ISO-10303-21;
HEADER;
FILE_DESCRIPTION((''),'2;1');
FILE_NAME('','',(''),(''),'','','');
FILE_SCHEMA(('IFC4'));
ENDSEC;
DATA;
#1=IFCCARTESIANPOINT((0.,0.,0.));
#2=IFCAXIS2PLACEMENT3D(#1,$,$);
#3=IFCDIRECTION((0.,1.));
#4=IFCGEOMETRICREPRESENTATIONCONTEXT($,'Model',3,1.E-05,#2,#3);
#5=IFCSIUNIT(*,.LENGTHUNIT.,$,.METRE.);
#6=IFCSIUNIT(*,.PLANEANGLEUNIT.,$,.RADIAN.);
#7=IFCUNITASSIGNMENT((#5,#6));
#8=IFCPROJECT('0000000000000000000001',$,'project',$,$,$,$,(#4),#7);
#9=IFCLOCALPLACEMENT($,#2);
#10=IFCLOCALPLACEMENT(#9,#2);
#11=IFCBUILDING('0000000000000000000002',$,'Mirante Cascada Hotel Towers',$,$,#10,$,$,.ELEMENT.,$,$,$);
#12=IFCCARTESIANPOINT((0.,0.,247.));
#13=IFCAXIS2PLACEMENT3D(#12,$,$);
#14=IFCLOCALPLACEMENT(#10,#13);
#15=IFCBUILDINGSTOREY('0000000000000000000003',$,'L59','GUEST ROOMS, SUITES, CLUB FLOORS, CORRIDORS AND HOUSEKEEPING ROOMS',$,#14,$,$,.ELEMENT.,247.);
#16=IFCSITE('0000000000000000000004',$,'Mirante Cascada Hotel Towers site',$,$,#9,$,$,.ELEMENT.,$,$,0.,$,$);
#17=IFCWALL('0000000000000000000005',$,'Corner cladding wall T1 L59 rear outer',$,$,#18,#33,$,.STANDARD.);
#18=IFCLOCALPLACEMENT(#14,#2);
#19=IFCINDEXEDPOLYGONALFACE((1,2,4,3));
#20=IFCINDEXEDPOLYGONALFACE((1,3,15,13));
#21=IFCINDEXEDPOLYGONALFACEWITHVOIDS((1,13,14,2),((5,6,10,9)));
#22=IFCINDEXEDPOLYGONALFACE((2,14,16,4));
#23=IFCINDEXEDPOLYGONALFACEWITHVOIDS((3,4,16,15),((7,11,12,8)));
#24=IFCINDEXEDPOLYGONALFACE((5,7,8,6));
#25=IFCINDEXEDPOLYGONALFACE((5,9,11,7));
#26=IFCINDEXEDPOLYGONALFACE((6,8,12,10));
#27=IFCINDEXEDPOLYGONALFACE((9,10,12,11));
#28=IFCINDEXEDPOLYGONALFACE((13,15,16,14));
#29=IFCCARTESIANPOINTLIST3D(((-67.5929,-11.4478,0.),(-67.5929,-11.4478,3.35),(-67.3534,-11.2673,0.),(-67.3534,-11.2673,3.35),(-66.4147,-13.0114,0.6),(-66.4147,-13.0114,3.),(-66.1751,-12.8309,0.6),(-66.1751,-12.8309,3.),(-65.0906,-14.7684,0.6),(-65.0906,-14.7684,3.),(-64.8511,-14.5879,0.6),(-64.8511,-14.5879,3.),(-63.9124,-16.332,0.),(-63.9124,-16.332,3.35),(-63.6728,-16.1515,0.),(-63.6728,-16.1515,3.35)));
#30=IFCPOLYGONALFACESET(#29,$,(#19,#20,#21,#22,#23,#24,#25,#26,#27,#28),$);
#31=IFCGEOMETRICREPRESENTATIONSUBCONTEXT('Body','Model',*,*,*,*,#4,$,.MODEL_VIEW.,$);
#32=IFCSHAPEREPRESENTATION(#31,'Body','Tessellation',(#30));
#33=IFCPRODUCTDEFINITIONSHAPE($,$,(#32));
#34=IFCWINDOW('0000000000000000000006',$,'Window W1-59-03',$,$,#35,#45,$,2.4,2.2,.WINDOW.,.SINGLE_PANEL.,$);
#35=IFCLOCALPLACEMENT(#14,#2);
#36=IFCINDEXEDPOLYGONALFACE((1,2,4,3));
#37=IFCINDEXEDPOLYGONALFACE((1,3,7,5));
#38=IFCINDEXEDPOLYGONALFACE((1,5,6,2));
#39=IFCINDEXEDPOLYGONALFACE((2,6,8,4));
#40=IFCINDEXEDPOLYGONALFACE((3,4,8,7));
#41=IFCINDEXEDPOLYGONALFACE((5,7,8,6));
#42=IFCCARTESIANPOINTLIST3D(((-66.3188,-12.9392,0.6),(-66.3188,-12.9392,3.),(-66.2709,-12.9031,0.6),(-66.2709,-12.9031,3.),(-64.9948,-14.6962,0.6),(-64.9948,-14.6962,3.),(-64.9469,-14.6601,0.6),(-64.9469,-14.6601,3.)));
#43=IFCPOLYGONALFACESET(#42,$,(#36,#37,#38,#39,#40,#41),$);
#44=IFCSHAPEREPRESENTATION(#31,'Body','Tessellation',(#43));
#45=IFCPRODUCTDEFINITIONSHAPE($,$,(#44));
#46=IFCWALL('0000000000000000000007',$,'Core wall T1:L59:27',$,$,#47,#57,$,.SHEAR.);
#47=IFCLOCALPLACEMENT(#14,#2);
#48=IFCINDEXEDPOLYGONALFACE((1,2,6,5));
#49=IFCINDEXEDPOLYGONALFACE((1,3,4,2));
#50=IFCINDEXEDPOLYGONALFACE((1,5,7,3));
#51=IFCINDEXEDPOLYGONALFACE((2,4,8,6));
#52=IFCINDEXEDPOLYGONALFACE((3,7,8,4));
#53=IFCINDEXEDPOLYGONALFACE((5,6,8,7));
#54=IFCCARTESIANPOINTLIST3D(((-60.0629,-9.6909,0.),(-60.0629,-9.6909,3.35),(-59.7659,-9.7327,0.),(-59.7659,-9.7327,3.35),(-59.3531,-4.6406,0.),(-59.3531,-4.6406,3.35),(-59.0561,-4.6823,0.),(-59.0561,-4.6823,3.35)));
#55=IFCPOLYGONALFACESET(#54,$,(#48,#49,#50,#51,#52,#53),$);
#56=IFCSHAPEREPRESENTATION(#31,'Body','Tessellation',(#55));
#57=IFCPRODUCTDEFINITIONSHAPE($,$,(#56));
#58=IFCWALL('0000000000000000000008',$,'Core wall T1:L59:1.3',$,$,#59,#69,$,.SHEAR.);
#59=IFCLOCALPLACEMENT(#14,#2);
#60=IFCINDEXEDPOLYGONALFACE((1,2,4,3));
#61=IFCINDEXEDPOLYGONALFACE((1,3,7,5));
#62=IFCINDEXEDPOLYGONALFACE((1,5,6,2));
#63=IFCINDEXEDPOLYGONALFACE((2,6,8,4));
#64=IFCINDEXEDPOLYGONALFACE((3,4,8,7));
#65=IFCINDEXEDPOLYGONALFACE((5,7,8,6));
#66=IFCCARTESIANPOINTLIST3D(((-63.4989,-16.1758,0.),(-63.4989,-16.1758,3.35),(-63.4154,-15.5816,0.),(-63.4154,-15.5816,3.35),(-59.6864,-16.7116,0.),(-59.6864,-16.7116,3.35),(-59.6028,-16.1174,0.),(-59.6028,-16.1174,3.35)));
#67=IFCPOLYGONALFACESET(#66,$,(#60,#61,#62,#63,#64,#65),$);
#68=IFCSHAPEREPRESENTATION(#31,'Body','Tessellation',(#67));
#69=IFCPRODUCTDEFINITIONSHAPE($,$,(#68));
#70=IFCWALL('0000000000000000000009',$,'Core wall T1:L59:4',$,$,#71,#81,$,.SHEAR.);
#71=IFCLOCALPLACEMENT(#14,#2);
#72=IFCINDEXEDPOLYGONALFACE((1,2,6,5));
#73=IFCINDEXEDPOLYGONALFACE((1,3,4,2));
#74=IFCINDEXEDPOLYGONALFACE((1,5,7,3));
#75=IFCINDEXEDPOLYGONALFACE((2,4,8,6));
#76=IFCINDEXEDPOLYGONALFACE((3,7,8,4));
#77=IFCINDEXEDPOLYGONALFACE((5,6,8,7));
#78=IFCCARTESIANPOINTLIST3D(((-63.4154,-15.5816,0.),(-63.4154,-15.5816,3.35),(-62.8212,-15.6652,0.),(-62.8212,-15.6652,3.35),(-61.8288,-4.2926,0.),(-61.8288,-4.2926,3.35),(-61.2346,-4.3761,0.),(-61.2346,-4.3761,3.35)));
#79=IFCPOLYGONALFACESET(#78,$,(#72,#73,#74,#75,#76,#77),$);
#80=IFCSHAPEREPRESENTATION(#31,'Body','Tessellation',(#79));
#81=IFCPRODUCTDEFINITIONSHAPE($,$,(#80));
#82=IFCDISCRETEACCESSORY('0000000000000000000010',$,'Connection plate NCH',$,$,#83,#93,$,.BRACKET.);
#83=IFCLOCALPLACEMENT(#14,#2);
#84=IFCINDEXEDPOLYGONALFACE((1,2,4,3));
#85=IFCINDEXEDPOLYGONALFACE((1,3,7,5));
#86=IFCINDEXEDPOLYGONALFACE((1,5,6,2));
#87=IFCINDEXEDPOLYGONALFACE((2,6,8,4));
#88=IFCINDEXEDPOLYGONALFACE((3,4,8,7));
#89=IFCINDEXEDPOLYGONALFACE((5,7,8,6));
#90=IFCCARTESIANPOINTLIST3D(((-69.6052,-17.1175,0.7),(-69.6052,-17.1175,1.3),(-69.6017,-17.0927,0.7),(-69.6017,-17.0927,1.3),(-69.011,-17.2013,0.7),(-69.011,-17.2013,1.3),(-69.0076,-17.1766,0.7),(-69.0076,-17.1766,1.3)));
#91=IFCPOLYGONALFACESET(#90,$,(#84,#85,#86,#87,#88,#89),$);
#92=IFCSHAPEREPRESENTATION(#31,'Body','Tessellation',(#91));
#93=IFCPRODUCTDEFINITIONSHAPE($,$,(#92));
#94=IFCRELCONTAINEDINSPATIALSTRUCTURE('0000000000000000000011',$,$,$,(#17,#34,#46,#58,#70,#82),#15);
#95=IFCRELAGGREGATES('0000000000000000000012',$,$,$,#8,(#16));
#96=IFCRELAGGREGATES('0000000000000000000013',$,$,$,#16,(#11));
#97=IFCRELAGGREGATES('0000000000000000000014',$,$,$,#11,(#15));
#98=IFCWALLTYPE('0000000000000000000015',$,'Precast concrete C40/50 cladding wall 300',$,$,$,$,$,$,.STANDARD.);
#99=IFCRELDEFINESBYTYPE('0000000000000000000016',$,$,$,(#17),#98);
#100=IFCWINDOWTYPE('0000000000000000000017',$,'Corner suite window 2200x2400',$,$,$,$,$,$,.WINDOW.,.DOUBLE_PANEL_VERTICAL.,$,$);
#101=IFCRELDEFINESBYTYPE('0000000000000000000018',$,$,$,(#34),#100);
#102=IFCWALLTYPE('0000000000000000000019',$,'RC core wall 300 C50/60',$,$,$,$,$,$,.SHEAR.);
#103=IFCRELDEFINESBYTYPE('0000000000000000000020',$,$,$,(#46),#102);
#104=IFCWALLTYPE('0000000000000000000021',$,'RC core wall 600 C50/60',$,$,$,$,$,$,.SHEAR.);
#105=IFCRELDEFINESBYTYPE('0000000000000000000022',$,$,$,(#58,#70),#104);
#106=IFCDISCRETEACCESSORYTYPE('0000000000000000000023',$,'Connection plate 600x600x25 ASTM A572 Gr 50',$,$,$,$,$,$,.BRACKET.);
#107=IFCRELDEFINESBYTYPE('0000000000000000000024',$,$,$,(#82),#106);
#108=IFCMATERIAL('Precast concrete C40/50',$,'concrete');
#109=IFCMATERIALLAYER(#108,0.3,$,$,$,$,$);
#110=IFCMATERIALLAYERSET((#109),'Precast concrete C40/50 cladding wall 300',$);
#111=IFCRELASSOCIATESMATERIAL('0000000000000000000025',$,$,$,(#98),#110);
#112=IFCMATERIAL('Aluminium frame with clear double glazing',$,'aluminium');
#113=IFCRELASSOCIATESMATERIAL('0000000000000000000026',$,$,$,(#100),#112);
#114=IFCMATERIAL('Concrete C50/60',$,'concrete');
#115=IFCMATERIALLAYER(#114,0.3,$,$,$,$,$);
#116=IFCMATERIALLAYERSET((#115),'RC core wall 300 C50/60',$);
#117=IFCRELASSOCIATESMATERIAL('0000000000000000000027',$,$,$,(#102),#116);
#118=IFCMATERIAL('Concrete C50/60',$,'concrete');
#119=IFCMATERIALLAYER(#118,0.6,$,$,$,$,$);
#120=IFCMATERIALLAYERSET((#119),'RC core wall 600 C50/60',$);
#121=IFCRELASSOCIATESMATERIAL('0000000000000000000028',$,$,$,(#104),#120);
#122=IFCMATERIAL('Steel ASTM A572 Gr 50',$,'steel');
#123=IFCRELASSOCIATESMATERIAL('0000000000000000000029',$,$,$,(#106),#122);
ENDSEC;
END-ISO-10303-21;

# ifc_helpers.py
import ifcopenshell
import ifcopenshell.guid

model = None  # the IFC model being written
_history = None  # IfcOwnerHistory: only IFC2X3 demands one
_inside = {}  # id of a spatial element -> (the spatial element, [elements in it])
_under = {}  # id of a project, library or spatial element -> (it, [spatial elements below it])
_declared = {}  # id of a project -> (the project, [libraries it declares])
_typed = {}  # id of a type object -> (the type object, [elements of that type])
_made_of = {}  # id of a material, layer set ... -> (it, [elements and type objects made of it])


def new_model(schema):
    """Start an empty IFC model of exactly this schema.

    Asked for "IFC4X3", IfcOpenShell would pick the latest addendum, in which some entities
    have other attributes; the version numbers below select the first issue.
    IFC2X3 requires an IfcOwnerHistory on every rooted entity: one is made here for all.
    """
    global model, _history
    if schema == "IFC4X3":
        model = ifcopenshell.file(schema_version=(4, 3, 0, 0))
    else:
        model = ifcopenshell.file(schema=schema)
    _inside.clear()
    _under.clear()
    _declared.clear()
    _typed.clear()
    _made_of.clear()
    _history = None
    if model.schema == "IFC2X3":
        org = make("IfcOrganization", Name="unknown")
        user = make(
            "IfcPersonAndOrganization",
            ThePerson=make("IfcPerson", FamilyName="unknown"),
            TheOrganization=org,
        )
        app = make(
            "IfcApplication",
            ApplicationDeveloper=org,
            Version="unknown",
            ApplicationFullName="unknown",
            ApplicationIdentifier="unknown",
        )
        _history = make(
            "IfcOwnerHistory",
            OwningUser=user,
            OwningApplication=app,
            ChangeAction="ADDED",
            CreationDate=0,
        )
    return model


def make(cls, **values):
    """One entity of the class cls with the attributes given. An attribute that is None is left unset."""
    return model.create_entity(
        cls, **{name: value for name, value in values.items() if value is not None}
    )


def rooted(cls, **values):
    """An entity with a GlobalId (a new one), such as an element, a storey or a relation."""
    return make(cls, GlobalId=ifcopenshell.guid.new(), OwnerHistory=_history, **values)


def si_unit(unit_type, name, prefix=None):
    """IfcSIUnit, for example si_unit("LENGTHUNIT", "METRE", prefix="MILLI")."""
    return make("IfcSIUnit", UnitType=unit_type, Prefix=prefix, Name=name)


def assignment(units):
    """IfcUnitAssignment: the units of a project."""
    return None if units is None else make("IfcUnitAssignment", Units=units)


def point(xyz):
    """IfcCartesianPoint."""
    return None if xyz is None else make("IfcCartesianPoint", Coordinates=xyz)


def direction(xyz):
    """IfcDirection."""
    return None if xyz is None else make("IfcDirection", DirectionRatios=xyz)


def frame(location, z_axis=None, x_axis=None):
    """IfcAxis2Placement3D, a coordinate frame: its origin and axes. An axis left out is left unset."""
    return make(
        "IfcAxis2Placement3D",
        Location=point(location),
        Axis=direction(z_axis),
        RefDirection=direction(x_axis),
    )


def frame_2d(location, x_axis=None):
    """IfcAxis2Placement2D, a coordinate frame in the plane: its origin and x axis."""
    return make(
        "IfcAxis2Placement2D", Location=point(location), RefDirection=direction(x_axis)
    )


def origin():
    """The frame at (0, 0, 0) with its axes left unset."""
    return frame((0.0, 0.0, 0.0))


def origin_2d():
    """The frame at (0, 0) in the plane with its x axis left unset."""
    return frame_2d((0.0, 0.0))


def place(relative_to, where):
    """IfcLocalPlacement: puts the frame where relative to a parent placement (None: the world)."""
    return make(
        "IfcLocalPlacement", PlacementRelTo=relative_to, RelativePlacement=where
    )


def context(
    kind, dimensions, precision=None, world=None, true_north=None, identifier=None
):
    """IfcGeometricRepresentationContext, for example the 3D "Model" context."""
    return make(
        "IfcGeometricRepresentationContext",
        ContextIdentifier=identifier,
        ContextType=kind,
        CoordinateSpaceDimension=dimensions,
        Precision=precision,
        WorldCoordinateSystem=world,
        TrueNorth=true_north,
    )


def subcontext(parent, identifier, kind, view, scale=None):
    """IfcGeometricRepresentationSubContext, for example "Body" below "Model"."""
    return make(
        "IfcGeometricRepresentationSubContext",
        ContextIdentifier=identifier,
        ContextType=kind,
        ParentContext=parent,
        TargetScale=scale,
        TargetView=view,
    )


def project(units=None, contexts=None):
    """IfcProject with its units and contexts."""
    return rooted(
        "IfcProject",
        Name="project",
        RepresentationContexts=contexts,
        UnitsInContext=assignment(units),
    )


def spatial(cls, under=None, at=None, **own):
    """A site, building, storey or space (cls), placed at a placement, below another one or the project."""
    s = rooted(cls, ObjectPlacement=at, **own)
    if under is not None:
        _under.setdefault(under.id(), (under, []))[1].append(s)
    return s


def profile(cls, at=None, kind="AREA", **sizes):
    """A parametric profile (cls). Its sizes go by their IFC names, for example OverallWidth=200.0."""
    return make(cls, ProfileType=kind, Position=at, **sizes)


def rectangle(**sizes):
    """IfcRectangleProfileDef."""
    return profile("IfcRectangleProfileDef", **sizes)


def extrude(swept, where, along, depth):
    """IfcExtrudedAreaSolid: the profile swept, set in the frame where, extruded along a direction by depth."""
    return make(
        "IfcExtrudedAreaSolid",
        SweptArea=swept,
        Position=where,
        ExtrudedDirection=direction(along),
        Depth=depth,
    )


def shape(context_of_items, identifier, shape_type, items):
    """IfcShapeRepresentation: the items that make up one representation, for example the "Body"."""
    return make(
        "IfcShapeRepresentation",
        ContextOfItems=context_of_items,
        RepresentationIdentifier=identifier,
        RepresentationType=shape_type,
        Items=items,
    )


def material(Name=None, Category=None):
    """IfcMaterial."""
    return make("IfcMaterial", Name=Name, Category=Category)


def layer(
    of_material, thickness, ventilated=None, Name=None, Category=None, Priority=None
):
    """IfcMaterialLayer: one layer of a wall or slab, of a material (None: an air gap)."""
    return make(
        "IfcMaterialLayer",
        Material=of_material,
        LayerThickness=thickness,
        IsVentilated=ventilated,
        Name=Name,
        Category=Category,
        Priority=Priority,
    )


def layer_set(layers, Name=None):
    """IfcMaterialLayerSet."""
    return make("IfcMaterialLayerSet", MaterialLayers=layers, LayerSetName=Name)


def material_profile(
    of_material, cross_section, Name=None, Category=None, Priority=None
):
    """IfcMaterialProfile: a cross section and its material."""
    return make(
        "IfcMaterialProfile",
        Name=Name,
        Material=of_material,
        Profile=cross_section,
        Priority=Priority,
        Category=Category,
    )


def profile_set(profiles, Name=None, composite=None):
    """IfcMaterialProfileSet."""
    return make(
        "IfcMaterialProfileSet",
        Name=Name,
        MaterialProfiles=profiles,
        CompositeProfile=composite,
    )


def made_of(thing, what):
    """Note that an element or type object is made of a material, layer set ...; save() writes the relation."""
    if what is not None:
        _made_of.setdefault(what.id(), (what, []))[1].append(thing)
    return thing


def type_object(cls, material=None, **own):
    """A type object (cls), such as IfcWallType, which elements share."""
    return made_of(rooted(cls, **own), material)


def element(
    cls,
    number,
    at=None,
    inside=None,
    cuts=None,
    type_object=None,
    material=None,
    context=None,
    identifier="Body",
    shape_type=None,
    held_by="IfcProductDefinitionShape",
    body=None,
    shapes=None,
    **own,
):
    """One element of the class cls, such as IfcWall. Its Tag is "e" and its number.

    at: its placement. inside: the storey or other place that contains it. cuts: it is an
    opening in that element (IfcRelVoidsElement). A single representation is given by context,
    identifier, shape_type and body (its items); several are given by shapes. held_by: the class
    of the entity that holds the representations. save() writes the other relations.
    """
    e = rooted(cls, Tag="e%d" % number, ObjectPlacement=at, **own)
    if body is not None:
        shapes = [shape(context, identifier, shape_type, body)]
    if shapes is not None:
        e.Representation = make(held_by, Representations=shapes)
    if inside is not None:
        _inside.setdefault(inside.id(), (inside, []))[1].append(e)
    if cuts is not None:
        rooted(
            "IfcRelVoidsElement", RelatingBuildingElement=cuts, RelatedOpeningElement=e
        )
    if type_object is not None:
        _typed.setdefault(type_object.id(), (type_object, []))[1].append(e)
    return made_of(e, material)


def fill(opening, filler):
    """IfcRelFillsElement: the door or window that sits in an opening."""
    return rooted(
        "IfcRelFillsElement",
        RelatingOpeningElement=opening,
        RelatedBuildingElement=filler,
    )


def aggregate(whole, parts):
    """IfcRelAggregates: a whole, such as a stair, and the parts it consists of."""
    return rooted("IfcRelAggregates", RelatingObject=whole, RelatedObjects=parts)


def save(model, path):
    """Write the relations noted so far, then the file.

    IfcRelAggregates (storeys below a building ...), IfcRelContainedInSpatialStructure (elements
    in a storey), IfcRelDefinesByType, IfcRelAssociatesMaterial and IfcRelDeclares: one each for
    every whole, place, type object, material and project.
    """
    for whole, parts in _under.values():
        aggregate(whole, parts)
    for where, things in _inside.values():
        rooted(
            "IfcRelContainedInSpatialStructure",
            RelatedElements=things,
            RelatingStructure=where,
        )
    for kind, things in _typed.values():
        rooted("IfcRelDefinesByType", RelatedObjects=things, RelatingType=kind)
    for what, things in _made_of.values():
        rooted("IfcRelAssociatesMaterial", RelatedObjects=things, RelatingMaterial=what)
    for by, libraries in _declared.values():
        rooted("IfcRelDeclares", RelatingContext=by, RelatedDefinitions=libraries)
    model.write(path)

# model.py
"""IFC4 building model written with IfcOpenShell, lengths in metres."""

from ifc_helpers import new_model, si_unit, direction, frame, frame_2d, origin, origin_2d, place, context, subcontext, project, spatial, rectangle, extrude, material, layer, layer_set, material_profile, profile_set, type_object, element, fill, save


model = new_model("IFC4")

# Units and contexts
model_context = context("Model", 3, precision=1e-05, world=origin(), true_north=direction((0.0, 1.0)))
body_context = subcontext(model_context, "Body", "Model", "MODEL_VIEW")
ifc_project = project(units=[si_unit("LENGTHUNIT", "METRE"), si_unit("PLANEANGLEUNIT", "RADIAN")], contexts=[model_context])

# Site, building, storey
site_placement = place(None, origin())
site = spatial("IfcSite", under=ifc_project, at=site_placement, Name="Mirante Cascada Hotel Towers site", CompositionType="ELEMENT", RefElevation=0.0)
building_placement = place(site_placement, origin())
building = spatial("IfcBuilding", under=site, at=building_placement, Name="Mirante Cascada Hotel Towers", CompositionType="ELEMENT")
storey_placement = place(building_placement, frame((0.0, 0.0, 247.0)))
storey = spatial("IfcBuildingStorey", under=building, at=storey_placement, Name="L59", Description="GUEST ROOMS, SUITES, CLUB FLOORS, CORRIDORS AND HOUSEKEEPING ROOMS", CompositionType="ELEMENT", Elevation=247.0)

# Wall, opening, window
ifc_material_1 = material(Name="Precast concrete C40/50", Category="concrete")
ifc_layer_1 = layer(ifc_material_1, 0.3)
ifc_layer_set_1 = layer_set([ifc_layer_1], Name="Precast concrete C40/50 cladding wall 300")
wall_type_1 = type_object("IfcWallType", Name="Precast concrete C40/50 cladding wall 300", PredefinedType="STANDARD", material=ifc_layer_set_1)
wall_1_placement = place(storey_placement, frame((-63.7926, -16.2417, 0.0), z_axis=(0.0, 0.0, 1.0), x_axis=(-0.601824, 0.798628, 0.0)))
wall_1 = element("IfcWall", 1, at=wall_1_placement, inside=storey, type_object=wall_type_1, Name="Corner cladding wall T1 L59 rear outer", PredefinedType="STANDARD", context=body_context, shape_type="SweptSolid", body=[
    extrude(rectangle(XDim=6.1157, YDim=0.3, at=frame_2d((3.0578, 0.0))), origin(), (0.0, 0.0, 1.0), 3.35),
])
opening_1_placement = place(wall_1_placement, frame((1.9578, 0.0, 0.6)))
opening_1 = element("IfcOpeningElement", 2, at=opening_1_placement, cuts=wall_1, PredefinedType="OPENING", context=body_context, shape_type="SweptSolid", body=[
    extrude(rectangle(XDim=2.2, YDim=2.4, at=frame_2d((1.1, 1.2))), frame((0.0, 0.15, 0.0), z_axis=(0.0, -1.0, 0.0), x_axis=(1.0, 0.0, 0.0)), (0.0, 0.0, 1.0), 0.3),
])
ifc_material_2 = material(Name="Aluminium frame with clear double glazing", Category="aluminium")
window_type = type_object("IfcWindowType", Name="Corner suite window 2200x2400", PartitioningType="DOUBLE_PANEL_VERTICAL", PredefinedType="WINDOW", material=ifc_material_2)
window_placement = place(opening_1_placement, origin())
window = element("IfcWindow", 3, at=window_placement, inside=storey, type_object=window_type, Name="Window W1-59-03", OverallHeight=2.4, OverallWidth=2.2, PartitioningType="SINGLE_PANEL", PredefinedType="WINDOW", context=body_context, shape_type="SweptSolid", body=[
    extrude(rectangle(XDim=2.2, YDim=2.4, at=frame_2d((1.1, 1.2))), frame((0.0, 0.03, 0.0), z_axis=(0.0, -1.0, 0.0), x_axis=(1.0, 0.0, 0.0)), (0.0, 0.0, 1.0), 0.06),
])
fill(opening_1, window)

# Walls
ifc_material_3 = material(Name="Concrete C50/60", Category="concrete")
ifc_layer_2 = layer(ifc_material_3, 0.3)
ifc_layer_set_2 = layer_set([ifc_layer_2], Name="RC core wall 300 C50/60")
wall_type_2 = type_object("IfcWallType", Name="RC core wall 300 C50/60", PredefinedType="SHEAR", material=ifc_layer_set_2)
wall_2_placement = place(storey_placement, frame((-59.9144, -9.7118, 0.0), z_axis=(0.0, 0.0, 1.0), x_axis=(0.139176, 0.990268, 0.0)))
element("IfcWall", 4, at=wall_2_placement, inside=storey, type_object=wall_type_2, Name="Core wall T1:L59:27", PredefinedType="SHEAR", context=body_context, shape_type="SweptSolid", body=[
    extrude(rectangle(XDim=5.1, YDim=0.3, at=frame_2d((2.55, 0.0))), origin(), (0.0, 0.0, 1.0), 3.35),
])
ifc_material_4 = material(Name="Concrete C50/60", Category="concrete")
ifc_layer_3 = layer(ifc_material_4, 0.6)
ifc_layer_set_3 = layer_set([ifc_layer_3], Name="RC core wall 600 C50/60")
wall_type_3 = type_object("IfcWallType", Name="RC core wall 600 C50/60", PredefinedType="SHEAR", material=ifc_layer_set_3)
wall_3_placement = place(storey_placement, frame((-59.6446, -16.4145, 0.0), z_axis=(0.0, 0.0, 1.0), x_axis=(-0.990268, 0.13917, 0.0)))
element("IfcWall", 5, at=wall_3_placement, inside=storey, type_object=wall_type_3, Name="Core wall T1:L59:1.3", PredefinedType="SHEAR", context=body_context, shape_type="SweptSolid", body=[
    extrude(rectangle(XDim=3.85, YDim=0.6, at=frame_2d((1.925, 0.0))), origin(), (0.0, 0.0, 1.0), 3.35),
])
wall_4_placement = place(storey_placement, frame((-63.1183, -15.6234, 0.0), z_axis=(0.0, 0.0, 1.0), x_axis=(0.139175, 0.990268, 0.0)))
element("IfcWall", 6, at=wall_4_placement, inside=storey, type_object=wall_type_3, Name="Core wall T1:L59:4", PredefinedType="SHEAR", context=body_context, shape_type="SweptSolid", body=[
    extrude(rectangle(XDim=11.4, YDim=0.6, at=frame_2d((5.7, 0.0))), origin(), (0.0, 0.0, 1.0), 3.35),
])

# Discrete accessory
ifc_material_5 = material(Name="Steel ASTM A572 Gr 50", Category="steel")
ifc_material_profile_1 = material_profile(ifc_material_5, rectangle(XDim=0.6, YDim=0.6, at=origin_2d()), Name="Connection plate 600x600x25 ASTM A572 Gr 50")
ifc_profile_set_1 = profile_set([ifc_material_profile_1], Name="Steel ASTM A572 Gr 50")
discrete_accessory_type = type_object("IfcDiscreteAccessoryType", Name="Connection plate 600x600x25 ASTM A572 Gr 50", PredefinedType="BRACKET", material=ifc_profile_set_1)
discrete_accessory_placement = place(storey_placement, frame((-69.3081, -17.1594, 1.0), z_axis=(0.139744, 0.990188, 0.0), x_axis=(-0.990188, 0.139744, 0.0)))
element("IfcDiscreteAccessory", 7, at=discrete_accessory_placement, inside=storey, type_object=discrete_accessory_type, Name="Connection plate NCH", PredefinedType="BRACKET", context=body_context, shape_type="SweptSolid", body=[
    extrude(rectangle(XDim=0.6, YDim=0.6, at=origin_2d()), origin(), (0.0, 0.0, 1.0), 0.025),
])

save(model, "model.ifc")
